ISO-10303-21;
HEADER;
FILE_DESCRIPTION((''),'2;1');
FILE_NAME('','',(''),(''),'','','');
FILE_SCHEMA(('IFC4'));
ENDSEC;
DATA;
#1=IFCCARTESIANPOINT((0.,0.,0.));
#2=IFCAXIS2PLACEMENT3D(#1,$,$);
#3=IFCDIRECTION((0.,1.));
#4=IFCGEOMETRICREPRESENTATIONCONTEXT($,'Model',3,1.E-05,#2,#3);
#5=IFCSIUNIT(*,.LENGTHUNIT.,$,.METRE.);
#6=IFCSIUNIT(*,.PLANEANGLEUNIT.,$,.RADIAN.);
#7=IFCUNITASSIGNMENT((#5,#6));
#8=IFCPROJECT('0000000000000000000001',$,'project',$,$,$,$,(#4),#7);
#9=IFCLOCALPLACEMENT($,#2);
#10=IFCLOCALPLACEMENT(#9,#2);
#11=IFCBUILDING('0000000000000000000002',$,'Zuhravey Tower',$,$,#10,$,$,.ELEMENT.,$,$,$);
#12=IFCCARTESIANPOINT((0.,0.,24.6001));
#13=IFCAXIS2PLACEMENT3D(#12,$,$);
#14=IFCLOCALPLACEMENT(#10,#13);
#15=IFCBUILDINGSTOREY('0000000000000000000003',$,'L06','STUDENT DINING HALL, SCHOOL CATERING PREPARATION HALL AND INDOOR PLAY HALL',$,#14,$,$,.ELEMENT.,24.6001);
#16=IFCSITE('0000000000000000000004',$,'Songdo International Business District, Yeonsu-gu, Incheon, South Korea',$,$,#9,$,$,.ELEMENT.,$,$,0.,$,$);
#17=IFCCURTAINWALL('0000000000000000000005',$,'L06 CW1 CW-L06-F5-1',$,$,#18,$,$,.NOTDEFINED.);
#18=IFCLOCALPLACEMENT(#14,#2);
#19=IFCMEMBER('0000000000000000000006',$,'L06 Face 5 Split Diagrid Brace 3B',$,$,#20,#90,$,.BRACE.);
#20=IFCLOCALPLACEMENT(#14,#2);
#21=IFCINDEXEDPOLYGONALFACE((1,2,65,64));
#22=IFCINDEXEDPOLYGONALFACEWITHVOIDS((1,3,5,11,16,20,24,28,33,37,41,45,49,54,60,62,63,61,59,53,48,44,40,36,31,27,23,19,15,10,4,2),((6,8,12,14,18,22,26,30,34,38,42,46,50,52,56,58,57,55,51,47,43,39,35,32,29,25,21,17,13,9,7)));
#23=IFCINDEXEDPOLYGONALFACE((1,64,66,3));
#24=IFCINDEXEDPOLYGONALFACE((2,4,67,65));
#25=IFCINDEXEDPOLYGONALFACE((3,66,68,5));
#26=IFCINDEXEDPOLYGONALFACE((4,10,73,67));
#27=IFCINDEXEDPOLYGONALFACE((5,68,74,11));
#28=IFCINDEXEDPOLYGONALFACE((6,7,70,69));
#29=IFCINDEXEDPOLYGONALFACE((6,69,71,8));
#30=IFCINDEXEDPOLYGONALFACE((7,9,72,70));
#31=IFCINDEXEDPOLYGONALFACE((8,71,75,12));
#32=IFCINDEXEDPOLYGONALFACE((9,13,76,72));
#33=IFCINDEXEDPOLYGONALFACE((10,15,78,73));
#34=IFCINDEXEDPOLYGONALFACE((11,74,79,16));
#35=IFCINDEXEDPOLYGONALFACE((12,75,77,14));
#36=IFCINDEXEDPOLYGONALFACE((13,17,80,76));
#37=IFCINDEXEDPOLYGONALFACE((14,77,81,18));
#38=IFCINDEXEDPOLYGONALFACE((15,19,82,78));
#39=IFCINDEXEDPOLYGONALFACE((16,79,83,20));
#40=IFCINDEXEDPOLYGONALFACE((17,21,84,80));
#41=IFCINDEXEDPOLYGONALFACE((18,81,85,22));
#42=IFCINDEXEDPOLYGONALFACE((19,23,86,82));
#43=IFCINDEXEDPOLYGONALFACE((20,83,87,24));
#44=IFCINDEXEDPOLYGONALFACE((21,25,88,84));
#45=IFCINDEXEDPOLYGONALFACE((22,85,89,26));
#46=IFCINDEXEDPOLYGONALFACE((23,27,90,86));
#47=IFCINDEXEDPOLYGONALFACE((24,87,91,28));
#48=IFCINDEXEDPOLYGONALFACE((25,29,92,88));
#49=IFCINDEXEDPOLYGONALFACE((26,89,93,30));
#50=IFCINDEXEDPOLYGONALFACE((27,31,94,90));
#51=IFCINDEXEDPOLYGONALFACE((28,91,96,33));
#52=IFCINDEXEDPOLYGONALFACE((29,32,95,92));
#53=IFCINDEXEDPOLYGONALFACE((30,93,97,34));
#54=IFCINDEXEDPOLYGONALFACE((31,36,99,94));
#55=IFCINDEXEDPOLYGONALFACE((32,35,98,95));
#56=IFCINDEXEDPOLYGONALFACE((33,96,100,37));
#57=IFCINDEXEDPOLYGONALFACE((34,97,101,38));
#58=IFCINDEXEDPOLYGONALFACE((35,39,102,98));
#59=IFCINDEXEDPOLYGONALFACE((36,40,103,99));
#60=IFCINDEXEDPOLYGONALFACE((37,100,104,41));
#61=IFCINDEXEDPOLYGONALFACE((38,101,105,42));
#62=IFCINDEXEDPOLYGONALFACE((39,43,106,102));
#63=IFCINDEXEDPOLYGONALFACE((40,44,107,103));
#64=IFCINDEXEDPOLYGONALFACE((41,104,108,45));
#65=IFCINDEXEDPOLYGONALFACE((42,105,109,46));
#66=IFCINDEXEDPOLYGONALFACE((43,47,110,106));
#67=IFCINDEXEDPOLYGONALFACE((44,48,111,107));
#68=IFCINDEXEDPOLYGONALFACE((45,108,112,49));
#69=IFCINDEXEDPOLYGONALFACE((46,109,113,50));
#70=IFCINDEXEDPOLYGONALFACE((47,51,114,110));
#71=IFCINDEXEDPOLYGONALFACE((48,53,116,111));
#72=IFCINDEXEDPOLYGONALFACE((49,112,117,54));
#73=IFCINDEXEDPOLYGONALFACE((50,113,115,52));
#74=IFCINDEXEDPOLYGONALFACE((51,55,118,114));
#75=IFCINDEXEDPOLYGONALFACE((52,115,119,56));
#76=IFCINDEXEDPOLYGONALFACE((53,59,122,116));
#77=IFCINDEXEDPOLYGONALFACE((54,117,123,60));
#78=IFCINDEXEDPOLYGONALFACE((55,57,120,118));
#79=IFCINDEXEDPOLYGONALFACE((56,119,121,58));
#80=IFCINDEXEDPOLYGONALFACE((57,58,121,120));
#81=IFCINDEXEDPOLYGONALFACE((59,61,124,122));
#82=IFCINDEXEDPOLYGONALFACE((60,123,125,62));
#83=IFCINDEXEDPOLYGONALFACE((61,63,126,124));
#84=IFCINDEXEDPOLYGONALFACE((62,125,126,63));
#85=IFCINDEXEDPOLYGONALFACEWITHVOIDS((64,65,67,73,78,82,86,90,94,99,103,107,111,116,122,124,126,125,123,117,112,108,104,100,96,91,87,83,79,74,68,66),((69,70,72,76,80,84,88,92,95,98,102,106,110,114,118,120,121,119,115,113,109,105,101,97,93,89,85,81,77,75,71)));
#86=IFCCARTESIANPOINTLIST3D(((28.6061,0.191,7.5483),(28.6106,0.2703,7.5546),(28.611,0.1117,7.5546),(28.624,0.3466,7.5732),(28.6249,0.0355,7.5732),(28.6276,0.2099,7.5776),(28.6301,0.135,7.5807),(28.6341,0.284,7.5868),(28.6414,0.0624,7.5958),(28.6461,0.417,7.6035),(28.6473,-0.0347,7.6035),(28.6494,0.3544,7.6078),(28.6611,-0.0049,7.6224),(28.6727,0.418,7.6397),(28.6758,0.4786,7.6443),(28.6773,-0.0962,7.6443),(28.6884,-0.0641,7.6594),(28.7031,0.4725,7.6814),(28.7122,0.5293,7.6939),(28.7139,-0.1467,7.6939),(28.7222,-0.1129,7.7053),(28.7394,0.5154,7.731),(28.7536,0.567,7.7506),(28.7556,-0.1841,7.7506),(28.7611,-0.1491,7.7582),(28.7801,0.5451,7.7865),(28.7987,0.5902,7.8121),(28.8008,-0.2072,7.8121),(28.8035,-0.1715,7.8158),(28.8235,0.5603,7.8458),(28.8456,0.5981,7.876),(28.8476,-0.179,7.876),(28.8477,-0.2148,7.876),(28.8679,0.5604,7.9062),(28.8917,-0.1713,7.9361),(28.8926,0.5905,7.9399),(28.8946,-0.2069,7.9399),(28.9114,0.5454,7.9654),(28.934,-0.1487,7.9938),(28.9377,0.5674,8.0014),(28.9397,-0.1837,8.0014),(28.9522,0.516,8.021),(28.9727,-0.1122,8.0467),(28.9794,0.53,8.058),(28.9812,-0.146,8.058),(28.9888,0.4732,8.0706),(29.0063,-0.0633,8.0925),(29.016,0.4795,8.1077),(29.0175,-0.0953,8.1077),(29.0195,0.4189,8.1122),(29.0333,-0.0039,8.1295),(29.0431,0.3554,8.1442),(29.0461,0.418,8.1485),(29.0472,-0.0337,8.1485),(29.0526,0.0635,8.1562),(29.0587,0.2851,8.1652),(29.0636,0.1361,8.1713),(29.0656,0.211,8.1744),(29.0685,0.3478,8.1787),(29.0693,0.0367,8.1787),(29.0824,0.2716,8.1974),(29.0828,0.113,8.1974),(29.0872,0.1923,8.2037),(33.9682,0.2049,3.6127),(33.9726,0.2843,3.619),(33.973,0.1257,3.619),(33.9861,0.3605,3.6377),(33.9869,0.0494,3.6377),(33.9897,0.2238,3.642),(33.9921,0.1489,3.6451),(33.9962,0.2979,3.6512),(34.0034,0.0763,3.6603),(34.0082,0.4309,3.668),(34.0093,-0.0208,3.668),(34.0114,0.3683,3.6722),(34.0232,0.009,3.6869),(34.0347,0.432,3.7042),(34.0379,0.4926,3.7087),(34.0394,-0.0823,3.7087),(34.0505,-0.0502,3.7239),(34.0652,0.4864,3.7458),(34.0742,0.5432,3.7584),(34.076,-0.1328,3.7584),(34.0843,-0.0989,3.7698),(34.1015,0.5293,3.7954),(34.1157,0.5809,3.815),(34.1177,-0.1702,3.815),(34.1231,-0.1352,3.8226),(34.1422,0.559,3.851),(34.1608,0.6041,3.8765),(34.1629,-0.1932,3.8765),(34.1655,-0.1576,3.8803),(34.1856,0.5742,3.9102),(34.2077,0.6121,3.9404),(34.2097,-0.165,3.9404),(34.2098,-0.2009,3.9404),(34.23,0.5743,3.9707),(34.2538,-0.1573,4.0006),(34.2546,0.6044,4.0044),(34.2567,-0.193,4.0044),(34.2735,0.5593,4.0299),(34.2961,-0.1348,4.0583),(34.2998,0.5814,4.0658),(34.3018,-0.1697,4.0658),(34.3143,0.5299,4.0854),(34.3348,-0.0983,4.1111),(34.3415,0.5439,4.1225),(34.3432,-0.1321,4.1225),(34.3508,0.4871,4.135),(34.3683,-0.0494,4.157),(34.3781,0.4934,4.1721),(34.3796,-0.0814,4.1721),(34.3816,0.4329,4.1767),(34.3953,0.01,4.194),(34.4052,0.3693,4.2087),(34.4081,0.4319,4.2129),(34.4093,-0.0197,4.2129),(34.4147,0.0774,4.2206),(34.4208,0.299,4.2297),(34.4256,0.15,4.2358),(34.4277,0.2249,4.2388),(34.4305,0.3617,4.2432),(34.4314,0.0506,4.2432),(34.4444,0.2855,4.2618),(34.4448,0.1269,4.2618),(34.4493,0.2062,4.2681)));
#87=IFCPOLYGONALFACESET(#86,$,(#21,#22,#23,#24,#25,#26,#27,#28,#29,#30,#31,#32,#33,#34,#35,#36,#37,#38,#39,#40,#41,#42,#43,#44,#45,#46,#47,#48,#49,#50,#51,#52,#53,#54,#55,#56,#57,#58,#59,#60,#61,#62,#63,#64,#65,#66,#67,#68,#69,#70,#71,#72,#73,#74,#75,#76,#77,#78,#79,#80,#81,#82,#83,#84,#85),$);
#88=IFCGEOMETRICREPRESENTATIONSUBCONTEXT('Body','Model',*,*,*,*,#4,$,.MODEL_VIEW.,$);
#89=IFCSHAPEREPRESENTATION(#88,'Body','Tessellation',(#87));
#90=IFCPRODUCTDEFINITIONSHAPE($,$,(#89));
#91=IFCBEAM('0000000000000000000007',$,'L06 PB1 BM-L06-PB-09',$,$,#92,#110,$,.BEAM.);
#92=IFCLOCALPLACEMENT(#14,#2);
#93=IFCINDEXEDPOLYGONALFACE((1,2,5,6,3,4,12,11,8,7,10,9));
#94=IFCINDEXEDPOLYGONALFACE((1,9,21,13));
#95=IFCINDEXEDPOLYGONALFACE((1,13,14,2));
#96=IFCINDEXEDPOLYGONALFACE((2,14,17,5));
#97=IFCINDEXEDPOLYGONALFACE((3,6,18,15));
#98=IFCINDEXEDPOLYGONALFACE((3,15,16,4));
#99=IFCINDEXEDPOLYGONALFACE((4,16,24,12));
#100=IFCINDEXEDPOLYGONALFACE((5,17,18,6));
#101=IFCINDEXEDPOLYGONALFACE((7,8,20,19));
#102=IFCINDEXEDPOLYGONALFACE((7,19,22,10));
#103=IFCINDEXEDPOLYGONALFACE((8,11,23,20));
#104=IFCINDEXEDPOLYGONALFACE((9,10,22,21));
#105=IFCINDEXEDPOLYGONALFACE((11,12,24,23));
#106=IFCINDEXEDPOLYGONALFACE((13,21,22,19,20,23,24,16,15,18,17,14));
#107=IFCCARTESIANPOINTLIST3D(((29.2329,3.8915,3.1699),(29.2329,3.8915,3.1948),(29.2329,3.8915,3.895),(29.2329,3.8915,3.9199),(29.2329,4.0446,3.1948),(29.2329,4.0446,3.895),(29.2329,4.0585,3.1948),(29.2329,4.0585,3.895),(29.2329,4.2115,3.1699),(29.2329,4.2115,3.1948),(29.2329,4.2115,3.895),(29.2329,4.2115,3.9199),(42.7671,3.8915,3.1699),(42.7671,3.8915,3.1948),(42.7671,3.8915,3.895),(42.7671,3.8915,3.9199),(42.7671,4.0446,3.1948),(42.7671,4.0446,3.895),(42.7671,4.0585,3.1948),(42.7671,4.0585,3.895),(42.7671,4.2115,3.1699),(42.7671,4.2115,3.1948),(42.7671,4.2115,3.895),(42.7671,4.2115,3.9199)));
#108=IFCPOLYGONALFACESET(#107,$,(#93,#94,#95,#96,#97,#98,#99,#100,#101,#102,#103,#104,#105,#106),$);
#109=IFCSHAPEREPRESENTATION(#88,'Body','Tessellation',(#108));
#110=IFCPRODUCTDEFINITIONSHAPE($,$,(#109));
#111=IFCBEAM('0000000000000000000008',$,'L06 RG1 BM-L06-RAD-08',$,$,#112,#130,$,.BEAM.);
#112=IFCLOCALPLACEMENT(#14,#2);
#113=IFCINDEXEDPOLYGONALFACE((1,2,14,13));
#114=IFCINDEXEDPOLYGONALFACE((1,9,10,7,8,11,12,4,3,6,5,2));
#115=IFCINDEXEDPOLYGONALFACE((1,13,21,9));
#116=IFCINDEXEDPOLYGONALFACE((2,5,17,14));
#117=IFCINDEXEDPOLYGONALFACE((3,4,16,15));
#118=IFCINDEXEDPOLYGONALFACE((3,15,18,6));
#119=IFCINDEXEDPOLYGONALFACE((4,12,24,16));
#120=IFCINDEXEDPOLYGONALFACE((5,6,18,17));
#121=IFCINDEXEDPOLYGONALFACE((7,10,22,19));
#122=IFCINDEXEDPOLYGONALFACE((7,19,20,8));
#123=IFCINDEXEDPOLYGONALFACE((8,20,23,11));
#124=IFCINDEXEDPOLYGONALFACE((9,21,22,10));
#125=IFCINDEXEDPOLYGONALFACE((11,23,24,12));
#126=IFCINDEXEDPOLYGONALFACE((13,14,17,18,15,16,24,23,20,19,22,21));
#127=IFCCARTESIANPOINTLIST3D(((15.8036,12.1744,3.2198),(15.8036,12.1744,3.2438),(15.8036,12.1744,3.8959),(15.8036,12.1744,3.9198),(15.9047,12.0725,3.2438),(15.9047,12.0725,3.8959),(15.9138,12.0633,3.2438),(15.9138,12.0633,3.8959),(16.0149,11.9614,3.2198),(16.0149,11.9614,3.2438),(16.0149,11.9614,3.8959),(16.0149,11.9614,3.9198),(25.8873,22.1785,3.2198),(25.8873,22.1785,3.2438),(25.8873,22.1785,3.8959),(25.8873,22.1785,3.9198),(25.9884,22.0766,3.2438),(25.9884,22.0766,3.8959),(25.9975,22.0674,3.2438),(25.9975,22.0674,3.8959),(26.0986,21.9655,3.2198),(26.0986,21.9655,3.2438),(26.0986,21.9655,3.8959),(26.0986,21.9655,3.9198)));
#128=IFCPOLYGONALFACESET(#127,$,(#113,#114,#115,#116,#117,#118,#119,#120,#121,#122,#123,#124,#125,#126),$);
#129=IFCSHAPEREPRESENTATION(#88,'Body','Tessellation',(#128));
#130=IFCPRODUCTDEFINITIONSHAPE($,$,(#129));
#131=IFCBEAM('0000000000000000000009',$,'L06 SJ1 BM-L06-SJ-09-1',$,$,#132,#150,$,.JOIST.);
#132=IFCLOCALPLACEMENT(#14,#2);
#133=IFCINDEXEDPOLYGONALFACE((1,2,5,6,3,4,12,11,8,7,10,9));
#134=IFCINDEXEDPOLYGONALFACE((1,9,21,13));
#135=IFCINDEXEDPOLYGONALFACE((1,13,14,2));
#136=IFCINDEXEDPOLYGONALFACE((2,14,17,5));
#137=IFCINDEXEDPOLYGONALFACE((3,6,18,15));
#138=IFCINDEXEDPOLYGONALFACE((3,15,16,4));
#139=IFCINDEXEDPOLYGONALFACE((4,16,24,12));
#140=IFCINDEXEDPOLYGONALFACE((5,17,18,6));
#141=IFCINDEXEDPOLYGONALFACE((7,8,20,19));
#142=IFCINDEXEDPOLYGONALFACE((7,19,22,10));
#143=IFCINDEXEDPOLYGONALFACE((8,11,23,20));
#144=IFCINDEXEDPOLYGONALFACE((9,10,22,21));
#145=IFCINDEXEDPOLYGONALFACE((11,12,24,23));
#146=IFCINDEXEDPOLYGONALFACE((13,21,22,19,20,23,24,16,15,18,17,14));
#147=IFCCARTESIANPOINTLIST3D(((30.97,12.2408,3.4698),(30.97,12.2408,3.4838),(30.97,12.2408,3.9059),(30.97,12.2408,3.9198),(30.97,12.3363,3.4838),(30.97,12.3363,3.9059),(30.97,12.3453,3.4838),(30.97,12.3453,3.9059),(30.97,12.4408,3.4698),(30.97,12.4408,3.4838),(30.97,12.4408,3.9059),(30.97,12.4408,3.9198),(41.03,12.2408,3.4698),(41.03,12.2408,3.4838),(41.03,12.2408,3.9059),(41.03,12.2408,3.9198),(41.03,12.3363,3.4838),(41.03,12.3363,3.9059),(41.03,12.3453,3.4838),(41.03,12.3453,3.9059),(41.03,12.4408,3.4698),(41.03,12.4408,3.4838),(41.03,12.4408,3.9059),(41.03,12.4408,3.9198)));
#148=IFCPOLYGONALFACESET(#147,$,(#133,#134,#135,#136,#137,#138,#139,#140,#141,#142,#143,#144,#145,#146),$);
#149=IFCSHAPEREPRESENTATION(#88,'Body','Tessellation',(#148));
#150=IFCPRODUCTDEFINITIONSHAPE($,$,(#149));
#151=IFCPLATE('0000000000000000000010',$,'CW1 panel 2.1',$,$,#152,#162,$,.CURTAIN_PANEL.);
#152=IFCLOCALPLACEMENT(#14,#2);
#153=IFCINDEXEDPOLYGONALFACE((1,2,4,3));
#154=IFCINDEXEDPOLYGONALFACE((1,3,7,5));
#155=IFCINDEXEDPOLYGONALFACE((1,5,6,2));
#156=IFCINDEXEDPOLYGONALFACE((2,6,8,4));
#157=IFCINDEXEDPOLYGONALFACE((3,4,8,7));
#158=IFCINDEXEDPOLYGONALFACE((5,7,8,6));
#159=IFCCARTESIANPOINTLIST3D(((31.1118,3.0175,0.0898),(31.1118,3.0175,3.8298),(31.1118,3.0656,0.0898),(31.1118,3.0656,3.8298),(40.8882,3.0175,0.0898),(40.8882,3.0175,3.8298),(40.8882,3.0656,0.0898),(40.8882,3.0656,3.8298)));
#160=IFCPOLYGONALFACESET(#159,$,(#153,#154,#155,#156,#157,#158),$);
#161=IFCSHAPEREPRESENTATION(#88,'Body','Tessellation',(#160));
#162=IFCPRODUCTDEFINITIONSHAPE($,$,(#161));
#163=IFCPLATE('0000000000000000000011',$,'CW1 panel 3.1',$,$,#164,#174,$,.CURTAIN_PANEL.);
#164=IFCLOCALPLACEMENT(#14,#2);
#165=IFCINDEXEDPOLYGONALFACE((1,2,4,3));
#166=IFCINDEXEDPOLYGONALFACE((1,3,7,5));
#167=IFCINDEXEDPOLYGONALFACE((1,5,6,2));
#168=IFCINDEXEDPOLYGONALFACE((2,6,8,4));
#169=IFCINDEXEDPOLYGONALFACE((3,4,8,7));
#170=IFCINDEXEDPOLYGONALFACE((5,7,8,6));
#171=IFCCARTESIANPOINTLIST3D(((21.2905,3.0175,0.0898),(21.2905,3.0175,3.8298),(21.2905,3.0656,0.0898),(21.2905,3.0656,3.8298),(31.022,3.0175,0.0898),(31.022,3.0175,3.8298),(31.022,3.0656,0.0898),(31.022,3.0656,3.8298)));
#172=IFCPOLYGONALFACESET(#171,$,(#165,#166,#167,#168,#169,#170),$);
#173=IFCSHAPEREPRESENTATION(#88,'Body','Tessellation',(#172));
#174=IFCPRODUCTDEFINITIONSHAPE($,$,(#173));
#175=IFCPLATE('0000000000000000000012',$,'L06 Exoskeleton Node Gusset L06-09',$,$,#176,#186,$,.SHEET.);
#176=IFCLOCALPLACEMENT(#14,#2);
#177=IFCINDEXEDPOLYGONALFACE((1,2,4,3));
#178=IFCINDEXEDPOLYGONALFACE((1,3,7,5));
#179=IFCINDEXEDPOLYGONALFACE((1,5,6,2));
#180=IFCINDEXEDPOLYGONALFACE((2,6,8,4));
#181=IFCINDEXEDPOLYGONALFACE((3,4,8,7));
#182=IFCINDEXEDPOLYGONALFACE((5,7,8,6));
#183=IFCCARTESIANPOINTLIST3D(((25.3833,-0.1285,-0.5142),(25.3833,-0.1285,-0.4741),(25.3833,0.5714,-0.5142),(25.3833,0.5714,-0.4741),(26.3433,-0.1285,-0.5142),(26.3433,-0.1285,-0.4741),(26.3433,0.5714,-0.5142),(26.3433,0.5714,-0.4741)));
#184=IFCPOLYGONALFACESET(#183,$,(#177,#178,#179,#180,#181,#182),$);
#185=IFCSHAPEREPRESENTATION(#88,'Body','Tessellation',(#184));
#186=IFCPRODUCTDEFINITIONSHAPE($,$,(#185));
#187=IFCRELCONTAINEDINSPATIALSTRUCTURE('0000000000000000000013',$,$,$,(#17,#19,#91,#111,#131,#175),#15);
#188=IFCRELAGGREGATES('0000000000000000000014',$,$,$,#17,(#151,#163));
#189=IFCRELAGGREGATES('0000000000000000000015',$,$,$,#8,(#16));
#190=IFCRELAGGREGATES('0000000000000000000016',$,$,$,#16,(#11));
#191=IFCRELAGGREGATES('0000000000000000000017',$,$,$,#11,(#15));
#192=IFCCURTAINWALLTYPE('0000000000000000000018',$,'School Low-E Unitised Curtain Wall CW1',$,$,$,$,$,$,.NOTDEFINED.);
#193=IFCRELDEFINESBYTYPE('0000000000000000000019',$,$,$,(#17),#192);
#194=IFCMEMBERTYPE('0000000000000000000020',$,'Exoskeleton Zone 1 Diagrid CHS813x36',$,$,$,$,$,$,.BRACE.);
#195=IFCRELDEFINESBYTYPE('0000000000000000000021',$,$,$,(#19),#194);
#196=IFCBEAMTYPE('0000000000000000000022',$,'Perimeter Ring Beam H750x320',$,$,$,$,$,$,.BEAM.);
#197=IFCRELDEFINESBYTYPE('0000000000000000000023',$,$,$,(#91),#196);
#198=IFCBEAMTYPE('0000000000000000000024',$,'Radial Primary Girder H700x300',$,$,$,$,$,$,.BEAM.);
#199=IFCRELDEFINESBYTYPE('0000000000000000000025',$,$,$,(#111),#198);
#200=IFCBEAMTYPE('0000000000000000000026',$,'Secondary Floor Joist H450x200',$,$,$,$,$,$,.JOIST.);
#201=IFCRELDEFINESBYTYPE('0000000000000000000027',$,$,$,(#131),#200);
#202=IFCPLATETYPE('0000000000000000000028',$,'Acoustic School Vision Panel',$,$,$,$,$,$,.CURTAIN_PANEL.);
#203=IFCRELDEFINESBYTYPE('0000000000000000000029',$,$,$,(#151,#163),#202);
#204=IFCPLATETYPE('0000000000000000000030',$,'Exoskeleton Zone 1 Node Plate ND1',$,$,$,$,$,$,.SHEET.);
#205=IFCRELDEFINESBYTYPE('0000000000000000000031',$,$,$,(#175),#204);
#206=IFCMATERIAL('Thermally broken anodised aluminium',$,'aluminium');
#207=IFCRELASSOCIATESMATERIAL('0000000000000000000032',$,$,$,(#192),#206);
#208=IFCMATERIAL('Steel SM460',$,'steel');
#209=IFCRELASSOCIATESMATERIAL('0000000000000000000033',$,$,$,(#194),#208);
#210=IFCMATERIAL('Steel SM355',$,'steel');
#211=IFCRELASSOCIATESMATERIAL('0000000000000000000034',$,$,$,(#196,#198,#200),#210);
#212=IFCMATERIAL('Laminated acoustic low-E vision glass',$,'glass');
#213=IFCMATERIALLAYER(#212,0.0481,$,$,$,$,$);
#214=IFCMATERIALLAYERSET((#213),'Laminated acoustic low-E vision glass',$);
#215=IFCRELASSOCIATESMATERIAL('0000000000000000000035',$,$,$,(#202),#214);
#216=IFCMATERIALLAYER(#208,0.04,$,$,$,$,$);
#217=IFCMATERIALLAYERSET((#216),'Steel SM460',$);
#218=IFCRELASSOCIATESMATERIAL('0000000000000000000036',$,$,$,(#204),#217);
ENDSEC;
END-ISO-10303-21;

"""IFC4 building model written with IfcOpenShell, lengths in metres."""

from ifc_helpers import new_model, si_unit, direction, frame, origin, origin_2d, place, context, subcontext, project, spatial, rectangle, hollow_circle, i_section, extrude, material, layer, layer_set, material_profile, profile_set, type_object, element, aggregate, save


model = new_model("IFC4")

# Units and contexts
model_context = context("Model", 3, precision=1e-05, world=origin(), true_north=direction((0.0, 1.0)))
body_context = subcontext(model_context, "Body", "Model", "MODEL_VIEW")
ifc_project = project(units=[si_unit("LENGTHUNIT", "METRE"), si_unit("PLANEANGLEUNIT", "RADIAN")], contexts=[model_context])

# Site, building, storey
site_placement = place(None, origin())
site = spatial("IfcSite", under=ifc_project, at=site_placement, Name="Songdo International Business District, Yeonsu-gu, Incheon, South Korea", CompositionType="ELEMENT", RefElevation=0.0)
building_placement = place(site_placement, origin())
building = spatial("IfcBuilding", under=site, at=building_placement, Name="Zuhravey Tower", CompositionType="ELEMENT")
storey_placement = place(building_placement, frame((0.0, 0.0, 24.6001)))
storey = spatial("IfcBuildingStorey", under=building, at=storey_placement, Name="L06", Description="STUDENT DINING HALL, SCHOOL CATERING PREPARATION HALL AND INDOOR PLAY HALL", CompositionType="ELEMENT", Elevation=24.6001)

# Curtain wall
ifc_material_1 = material(Name="Thermally broken anodised aluminium", Category="aluminium")
curtain_wall_type = type_object("IfcCurtainWallType", Name="School Low-E Unitised Curtain Wall CW1", PredefinedType="NOTDEFINED", material=ifc_material_1)
curtain_wall_placement = place(storey_placement, origin())
curtain_wall = element("IfcCurtainWall", 1, at=curtain_wall_placement, inside=storey, type_object=curtain_wall_type, Name="L06 CW1 CW-L06-F5-1", PredefinedType="NOTDEFINED")

# Member
ifc_material_2 = material(Name="Steel SM355", Category="steel")
ifc_material_3 = material(Name="Steel SM460", Category="steel")
ifc_material_profile_1 = material_profile(ifc_material_3, hollow_circle(Radius=0.4065, WallThickness=0.0359, at=origin_2d()), Name="CHS-812.8x36")
ifc_profile_set_1 = profile_set([ifc_material_profile_1], Name="Steel SM460")
member_type_1 = type_object("IfcMemberType", Name="Exoskeleton Zone 1 Diagrid CHS813x36", PredefinedType="BRACE", material=ifc_profile_set_1)
member_1_placement = place(storey_placement, frame((34.2087, 0.2056, 3.9404), z_axis=(-0.806162, -0.002092, 0.591692), x_axis=(0.002595, -0.999997, 0.0)))
element("IfcMember", 2, at=member_1_placement, inside=storey, type_object=member_type_1, Name="L06 Face 5 Split Diagrid Brace 3B", PredefinedType="BRACE", context=body_context, shape_type="SweptSolid", body=[
    extrude(hollow_circle(Radius=0.4065, WallThickness=0.0359, at=origin_2d()), origin(), (0.0, 0.0, 1.0), 6.6514),
])

# Beams
ifc_material_profile_2 = material_profile(ifc_material_2, i_section(OverallWidth=0.3201, OverallDepth=0.75, WebThickness=0.0139, FlangeThickness=0.0249, at=origin_2d()), Name="H-750x320x14x25")
ifc_profile_set_2 = profile_set([ifc_material_profile_2], Name="Steel SM355")
beam_type_1 = type_object("IfcBeamType", Name="Perimeter Ring Beam H750x320", PredefinedType="BEAM", material=ifc_profile_set_2)
beam_1_placement = place(storey_placement, frame((29.2329, 4.0515, 3.5449), z_axis=(1.0, 0.0, 0.0), x_axis=(0.0, 1.0, 0.0)))
element("IfcBeam", 3, at=beam_1_placement, inside=storey, type_object=beam_type_1, Name="L06 PB1 BM-L06-PB-09", PredefinedType="BEAM", context=body_context, shape_type="SweptSolid", body=[
    extrude(i_section(OverallWidth=0.3201, OverallDepth=0.75, WebThickness=0.0139, FlangeThickness=0.0249, at=origin_2d()), origin(), (0.0, 0.0, 1.0), 13.5342),
])
ifc_material_profile_3 = material_profile(ifc_material_2, i_section(OverallWidth=0.3, OverallDepth=0.7, WebThickness=0.0129, FlangeThickness=0.0239, at=origin_2d()), Name="H-700x300x13x24")
ifc_profile_set_3 = profile_set([ifc_material_profile_3], Name="Steel SM355")
beam_type_2 = type_object("IfcBeamType", Name="Radial Primary Girder H700x300", PredefinedType="BEAM", material=ifc_profile_set_3)
beam_2_placement = place(storey_placement, frame((25.9929, 22.072, 3.5698), z_axis=(-0.709903, -0.7043, 0.0), x_axis=(0.7043, -0.709903, 0.0)))
element("IfcBeam", 4, at=beam_2_placement, inside=storey, type_object=beam_type_2, Name="L06 RG1 BM-L06-RAD-08", PredefinedType="BEAM", context=body_context, shape_type="SweptSolid", body=[
    extrude(i_section(OverallWidth=0.3, OverallDepth=0.7, WebThickness=0.0129, FlangeThickness=0.0239, at=origin_2d()), origin(), (0.0, 0.0, 1.0), 14.2043),
])
ifc_material_profile_4 = material_profile(ifc_material_2, i_section(OverallWidth=0.2, OverallDepth=0.45, WebThickness=0.009, FlangeThickness=0.0139, at=origin_2d()), Name="H-450x200x9x14")
ifc_profile_set_4 = profile_set([ifc_material_profile_4], Name="Steel SM355")
beam_type_3 = type_object("IfcBeamType", Name="Secondary Floor Joist H450x200", PredefinedType="JOIST", material=ifc_profile_set_4)
beam_3_placement = place(storey_placement, frame((30.97, 12.3408, 3.6948), z_axis=(1.0, 0.0, 0.0), x_axis=(0.0, 1.0, 0.0)))
element("IfcBeam", 5, at=beam_3_placement, inside=storey, type_object=beam_type_3, Name="L06 SJ1 BM-L06-SJ-09-1", PredefinedType="JOIST", context=body_context, shape_type="SweptSolid", body=[
    extrude(i_section(OverallWidth=0.2, OverallDepth=0.45, WebThickness=0.009, FlangeThickness=0.0139, at=origin_2d()), origin(), (0.0, 0.0, 1.0), 10.0601),
])

# Plates
ifc_material_4 = material(Name="Laminated acoustic low-E vision glass", Category="glass")
ifc_layer_1 = layer(ifc_material_4, 0.0481)
ifc_layer_set_1 = layer_set([ifc_layer_1], Name="Laminated acoustic low-E vision glass")
plate_type_1 = type_object("IfcPlateType", Name="Acoustic School Vision Panel", PredefinedType="CURTAIN_PANEL", material=ifc_layer_set_1)
plate_1_placement = place(storey_placement, frame((36.0, 3.0415, 0.0898), z_axis=(0.0, 0.0, 1.0), x_axis=(-1.0, 0.0, 0.0)))
plate_1 = element("IfcPlate", 6, at=plate_1_placement, type_object=plate_type_1, Name="CW1 panel 2.1", PredefinedType="CURTAIN_PANEL", context=body_context, shape_type="SweptSolid", body=[
    extrude(rectangle(XDim=9.7764, YDim=0.0481, at=origin_2d()), origin(), (0.0, 0.0, 1.0), 3.74),
])
plate_2_placement = place(storey_placement, frame((26.1562, 3.0415, 0.0898), z_axis=(0.0, 0.0, 1.0), x_axis=(-1.0, 0.0, 0.0)))
plate_2 = element("IfcPlate", 7, at=plate_2_placement, type_object=plate_type_1, Name="CW1 panel 3.1", PredefinedType="CURTAIN_PANEL", context=body_context, shape_type="SweptSolid", body=[
    extrude(rectangle(XDim=9.7314, YDim=0.0481, at=origin_2d()), origin(), (0.0, 0.0, 1.0), 3.74),
])
aggregate(curtain_wall, [plate_1, plate_2])

# Plate
ifc_layer_2 = layer(ifc_material_3, 0.04)
ifc_layer_set_2 = layer_set([ifc_layer_2], Name="Steel SM460")
plate_type_2 = type_object("IfcPlateType", Name="Exoskeleton Zone 1 Node Plate ND1", PredefinedType="SHEET", material=ifc_layer_set_2)
for number, where, z_axis, x_axis, name in (
    (8, (25.8633, 0.2214, -0.5142), (0.0, 0.0, 1.0), (1.0, 0.0, 0.0), "L06 Exoskeleton Node Gusset L06-09"),
):
    element("IfcPlate", number, at=place(storey_placement, frame(where, z_axis=z_axis, x_axis=x_axis)), inside=storey, type_object=plate_type_2, Name=name, PredefinedType="SHEET", context=body_context, shape_type="SweptSolid", body=[
        extrude(rectangle(XDim=0.96, YDim=0.7, at=origin_2d()), origin(), (0.0, 0.0, 1.0), 0.04),
    ])

save(model, "model.ifc")
